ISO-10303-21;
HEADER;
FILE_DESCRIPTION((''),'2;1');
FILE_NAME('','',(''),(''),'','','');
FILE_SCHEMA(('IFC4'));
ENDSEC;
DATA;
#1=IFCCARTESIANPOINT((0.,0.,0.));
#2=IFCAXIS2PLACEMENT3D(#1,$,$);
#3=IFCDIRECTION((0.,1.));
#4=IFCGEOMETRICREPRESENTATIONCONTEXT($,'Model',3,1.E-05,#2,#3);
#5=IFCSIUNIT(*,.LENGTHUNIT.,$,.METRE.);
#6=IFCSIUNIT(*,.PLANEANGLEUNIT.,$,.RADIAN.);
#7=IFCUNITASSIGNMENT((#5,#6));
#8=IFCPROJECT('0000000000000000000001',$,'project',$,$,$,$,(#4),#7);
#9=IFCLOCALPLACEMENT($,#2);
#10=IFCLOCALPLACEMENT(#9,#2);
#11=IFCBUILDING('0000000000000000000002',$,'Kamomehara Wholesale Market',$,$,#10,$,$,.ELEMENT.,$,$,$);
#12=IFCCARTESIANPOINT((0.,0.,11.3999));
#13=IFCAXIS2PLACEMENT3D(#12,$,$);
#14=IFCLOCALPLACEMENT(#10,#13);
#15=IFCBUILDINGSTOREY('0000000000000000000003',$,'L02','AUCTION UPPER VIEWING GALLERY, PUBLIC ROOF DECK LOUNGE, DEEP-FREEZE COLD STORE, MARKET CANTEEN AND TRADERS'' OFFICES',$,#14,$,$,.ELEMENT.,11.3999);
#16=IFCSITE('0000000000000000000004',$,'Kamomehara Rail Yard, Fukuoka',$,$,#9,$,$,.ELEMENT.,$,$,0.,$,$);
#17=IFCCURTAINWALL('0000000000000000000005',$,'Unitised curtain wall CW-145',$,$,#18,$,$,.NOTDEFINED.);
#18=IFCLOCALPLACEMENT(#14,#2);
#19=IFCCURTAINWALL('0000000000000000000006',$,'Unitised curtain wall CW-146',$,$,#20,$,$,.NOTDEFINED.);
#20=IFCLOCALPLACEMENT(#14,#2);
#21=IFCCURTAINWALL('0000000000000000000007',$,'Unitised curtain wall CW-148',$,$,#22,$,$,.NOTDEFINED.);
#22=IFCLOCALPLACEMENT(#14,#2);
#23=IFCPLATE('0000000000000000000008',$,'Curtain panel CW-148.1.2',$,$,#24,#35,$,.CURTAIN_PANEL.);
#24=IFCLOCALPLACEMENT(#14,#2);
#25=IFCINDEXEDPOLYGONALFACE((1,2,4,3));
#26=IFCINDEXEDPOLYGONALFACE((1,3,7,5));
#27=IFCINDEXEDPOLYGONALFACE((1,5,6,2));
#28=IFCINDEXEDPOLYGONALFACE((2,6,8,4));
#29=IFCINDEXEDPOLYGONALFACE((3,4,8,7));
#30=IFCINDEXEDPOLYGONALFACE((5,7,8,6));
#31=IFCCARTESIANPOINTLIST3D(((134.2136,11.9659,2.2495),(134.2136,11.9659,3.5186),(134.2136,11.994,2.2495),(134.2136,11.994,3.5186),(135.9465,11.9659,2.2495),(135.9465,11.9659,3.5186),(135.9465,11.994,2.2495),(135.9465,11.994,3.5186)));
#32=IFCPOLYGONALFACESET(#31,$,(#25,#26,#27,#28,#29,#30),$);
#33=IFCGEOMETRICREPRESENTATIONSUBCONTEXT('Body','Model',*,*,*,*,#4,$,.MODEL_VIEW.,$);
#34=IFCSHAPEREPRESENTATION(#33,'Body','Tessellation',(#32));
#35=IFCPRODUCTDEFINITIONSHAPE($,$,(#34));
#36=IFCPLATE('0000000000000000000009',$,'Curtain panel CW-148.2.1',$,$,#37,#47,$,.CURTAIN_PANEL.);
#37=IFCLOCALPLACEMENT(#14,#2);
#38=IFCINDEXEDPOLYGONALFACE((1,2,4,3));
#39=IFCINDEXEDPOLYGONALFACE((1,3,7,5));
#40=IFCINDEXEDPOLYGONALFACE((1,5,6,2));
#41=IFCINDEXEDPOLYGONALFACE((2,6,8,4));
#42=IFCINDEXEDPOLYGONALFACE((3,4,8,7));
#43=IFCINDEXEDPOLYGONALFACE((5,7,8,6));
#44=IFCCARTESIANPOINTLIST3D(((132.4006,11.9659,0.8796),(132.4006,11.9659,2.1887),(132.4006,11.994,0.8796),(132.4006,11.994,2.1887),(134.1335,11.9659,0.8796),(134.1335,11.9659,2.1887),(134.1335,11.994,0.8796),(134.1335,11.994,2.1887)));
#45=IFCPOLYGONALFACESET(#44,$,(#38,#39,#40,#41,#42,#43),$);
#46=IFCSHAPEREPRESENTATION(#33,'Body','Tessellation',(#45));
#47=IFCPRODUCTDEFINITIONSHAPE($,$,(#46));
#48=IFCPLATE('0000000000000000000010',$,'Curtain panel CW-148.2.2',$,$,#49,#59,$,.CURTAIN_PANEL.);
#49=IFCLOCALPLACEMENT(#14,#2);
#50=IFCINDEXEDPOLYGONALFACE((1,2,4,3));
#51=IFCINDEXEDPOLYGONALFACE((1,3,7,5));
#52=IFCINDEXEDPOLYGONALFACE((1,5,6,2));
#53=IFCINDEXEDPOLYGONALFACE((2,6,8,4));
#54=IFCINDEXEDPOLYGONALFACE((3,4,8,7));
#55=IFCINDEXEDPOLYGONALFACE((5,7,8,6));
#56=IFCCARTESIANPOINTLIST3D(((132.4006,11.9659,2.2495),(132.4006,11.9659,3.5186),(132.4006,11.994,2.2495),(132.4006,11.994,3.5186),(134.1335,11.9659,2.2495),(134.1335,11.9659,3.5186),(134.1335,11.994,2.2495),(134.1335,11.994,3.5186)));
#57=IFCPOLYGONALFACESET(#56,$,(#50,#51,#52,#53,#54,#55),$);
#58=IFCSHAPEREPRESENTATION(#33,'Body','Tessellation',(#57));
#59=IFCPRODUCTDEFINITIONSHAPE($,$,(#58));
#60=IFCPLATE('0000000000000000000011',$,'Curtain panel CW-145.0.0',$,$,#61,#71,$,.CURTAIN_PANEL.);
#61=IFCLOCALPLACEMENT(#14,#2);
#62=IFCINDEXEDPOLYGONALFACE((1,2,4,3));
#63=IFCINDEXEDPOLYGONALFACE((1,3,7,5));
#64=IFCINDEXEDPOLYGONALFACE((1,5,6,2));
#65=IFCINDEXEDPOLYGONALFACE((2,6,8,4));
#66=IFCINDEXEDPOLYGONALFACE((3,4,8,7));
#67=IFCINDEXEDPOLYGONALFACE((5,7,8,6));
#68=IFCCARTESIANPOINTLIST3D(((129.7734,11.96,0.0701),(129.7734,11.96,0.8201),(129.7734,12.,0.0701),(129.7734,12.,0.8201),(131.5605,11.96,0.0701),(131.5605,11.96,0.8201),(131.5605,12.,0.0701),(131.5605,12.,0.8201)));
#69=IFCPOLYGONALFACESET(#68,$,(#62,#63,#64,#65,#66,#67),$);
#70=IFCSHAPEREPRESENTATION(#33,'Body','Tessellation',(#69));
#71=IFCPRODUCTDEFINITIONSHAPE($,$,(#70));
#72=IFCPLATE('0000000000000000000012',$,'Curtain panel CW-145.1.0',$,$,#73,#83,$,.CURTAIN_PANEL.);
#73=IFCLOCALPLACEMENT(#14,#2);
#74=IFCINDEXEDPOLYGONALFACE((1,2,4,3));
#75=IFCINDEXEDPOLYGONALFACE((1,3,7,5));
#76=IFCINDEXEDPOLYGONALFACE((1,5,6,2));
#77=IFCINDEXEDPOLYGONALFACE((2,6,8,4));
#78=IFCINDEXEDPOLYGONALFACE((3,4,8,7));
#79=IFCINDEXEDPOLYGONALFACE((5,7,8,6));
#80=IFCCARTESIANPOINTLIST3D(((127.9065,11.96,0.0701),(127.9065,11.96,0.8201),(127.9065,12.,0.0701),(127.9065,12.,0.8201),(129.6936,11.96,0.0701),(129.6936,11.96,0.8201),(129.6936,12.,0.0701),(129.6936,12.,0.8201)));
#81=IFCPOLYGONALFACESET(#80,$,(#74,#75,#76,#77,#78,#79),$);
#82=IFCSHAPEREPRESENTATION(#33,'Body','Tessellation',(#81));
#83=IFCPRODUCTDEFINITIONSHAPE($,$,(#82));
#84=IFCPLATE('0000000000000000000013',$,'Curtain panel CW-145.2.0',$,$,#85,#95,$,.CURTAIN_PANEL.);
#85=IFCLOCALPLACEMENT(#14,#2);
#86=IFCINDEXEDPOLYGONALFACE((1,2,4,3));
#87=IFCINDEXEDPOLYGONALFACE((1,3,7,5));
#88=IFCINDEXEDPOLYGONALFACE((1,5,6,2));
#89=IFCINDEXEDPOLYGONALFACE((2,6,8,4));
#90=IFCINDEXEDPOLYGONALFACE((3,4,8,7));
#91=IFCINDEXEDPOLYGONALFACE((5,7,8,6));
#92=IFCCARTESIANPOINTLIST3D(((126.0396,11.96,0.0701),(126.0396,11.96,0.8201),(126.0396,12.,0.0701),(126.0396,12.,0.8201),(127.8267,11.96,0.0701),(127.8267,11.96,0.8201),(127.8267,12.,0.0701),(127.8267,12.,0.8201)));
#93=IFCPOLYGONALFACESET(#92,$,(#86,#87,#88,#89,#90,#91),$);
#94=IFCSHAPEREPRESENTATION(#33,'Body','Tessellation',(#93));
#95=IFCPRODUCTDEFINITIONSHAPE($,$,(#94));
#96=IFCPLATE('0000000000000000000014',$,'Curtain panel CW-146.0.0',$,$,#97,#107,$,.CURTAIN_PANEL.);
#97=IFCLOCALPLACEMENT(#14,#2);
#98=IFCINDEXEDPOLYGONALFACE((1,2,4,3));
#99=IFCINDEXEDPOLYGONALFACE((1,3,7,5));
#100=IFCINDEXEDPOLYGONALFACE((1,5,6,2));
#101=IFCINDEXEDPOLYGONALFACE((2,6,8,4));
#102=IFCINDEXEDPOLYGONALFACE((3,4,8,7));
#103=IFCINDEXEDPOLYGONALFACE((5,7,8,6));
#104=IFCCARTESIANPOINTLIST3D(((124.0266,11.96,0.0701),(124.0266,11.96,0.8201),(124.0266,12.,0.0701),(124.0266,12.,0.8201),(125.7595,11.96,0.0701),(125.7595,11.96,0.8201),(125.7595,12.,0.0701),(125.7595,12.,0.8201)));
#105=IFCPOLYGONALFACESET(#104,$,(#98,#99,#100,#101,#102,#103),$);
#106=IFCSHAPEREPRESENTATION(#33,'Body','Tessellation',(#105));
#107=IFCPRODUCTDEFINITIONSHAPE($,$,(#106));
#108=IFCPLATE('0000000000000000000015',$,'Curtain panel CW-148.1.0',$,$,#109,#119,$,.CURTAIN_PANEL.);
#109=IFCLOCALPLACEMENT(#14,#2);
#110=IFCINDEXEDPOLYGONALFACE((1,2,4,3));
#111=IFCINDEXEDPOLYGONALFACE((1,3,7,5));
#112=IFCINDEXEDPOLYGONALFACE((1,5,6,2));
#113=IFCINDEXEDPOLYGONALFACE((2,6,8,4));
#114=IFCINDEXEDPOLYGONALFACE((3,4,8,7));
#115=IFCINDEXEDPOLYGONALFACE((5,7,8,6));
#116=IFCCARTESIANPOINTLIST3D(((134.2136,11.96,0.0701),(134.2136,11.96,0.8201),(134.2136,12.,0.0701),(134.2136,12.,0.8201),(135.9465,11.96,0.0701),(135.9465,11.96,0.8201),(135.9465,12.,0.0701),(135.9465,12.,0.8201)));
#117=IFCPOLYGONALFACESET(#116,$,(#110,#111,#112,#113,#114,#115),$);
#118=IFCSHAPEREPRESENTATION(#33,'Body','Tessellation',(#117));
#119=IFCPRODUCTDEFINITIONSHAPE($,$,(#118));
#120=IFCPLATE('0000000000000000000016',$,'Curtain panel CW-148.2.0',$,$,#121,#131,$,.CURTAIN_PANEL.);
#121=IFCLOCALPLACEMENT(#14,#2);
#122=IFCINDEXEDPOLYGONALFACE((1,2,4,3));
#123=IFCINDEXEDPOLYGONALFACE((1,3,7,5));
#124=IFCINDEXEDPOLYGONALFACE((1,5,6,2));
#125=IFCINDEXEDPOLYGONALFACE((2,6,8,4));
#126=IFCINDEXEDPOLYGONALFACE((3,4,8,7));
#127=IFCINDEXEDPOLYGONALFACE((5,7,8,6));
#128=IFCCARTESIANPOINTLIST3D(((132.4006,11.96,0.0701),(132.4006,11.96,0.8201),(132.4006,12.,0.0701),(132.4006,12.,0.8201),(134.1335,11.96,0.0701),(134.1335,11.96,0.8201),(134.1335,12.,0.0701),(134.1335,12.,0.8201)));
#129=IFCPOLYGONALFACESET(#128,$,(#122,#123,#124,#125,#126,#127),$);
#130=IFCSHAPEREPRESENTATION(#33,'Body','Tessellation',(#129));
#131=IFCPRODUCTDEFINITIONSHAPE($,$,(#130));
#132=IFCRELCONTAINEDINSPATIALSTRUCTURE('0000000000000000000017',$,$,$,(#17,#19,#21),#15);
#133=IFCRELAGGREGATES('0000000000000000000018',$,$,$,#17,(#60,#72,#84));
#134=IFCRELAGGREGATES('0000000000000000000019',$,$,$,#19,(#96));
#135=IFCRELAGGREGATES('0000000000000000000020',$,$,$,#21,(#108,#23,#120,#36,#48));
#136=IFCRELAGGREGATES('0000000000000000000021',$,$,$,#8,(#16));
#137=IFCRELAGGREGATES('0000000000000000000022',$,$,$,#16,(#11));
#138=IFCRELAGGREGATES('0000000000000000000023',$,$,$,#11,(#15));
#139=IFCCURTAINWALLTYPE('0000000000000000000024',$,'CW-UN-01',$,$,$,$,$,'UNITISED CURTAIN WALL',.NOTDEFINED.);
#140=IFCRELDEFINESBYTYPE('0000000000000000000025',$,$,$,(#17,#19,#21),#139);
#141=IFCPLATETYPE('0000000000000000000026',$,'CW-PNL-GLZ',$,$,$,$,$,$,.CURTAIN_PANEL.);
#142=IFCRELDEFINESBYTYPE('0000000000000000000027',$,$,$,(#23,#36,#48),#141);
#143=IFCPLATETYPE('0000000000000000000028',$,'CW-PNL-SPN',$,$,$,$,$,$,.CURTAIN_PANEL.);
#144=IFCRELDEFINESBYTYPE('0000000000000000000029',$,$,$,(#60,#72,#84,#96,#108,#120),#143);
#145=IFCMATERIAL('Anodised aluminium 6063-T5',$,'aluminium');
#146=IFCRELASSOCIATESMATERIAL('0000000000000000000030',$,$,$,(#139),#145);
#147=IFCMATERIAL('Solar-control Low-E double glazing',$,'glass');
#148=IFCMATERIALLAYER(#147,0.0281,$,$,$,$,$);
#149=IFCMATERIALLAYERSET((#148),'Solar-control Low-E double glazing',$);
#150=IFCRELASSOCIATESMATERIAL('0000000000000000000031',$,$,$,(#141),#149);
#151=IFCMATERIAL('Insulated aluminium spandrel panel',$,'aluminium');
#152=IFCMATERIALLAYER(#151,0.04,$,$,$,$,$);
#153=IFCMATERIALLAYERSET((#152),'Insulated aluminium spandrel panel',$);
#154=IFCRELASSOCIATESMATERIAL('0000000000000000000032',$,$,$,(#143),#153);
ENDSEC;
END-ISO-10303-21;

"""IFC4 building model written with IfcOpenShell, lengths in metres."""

from ifc_helpers import new_model, si_unit, direction, frame, origin, origin_2d, place, context, subcontext, project, spatial, rectangle, extrude, material, layer, layer_set, type_object, element, aggregate, save


model = new_model("IFC4")

# Units and contexts
model_context = context("Model", 3, precision=1e-05, world=origin(), true_north=direction((0.0, 1.0)))
body_context = subcontext(model_context, "Body", "Model", "MODEL_VIEW")
ifc_project = project(units=[si_unit("LENGTHUNIT", "METRE"), si_unit("PLANEANGLEUNIT", "RADIAN")], contexts=[model_context])

# Site, building, storey
site_placement = place(None, origin())
site = spatial("IfcSite", under=ifc_project, at=site_placement, Name="Kamomehara Rail Yard, Fukuoka", CompositionType="ELEMENT", RefElevation=0.0)
building_placement = place(site_placement, origin())
building = spatial("IfcBuilding", under=site, at=building_placement, Name="Kamomehara Wholesale Market", CompositionType="ELEMENT")
storey_placement = place(building_placement, frame((0.0, 0.0, 11.3999)))
storey = spatial("IfcBuildingStorey", under=building, at=storey_placement, Name="L02", Description="AUCTION UPPER VIEWING GALLERY, PUBLIC ROOF DECK LOUNGE, DEEP-FREEZE COLD STORE, MARKET CANTEEN AND TRADERS' OFFICES", CompositionType="ELEMENT", Elevation=11.3999)

# Curtain walls
ifc_material_1 = material(Name="Anodised aluminium 6063-T5", Category="aluminium")
curtain_wall_type = type_object("IfcCurtainWallType", Name="CW-UN-01", ElementType="UNITISED CURTAIN WALL", PredefinedType="NOTDEFINED", material=ifc_material_1)
curtain_wall_1_placement = place(storey_placement, origin())
curtain_wall_1 = element("IfcCurtainWall", 1, at=curtain_wall_1_placement, inside=storey, type_object=curtain_wall_type, Name="Unitised curtain wall CW-145", PredefinedType="NOTDEFINED")
curtain_wall_2_placement = place(storey_placement, origin())
curtain_wall_2 = element("IfcCurtainWall", 2, at=curtain_wall_2_placement, inside=storey, type_object=curtain_wall_type, Name="Unitised curtain wall CW-146", PredefinedType="NOTDEFINED")
curtain_wall_3_placement = place(storey_placement, origin())
curtain_wall_3 = element("IfcCurtainWall", 3, at=curtain_wall_3_placement, inside=storey, type_object=curtain_wall_type, Name="Unitised curtain wall CW-148", PredefinedType="NOTDEFINED")

# Plates
ifc_material_2 = material(Name="Solar-control Low-E double glazing", Category="glass")
ifc_layer_1 = layer(ifc_material_2, 0.0281)
ifc_layer_set_1 = layer_set([ifc_layer_1], Name="Solar-control Low-E double glazing")
plate_type_1 = type_object("IfcPlateType", Name="CW-PNL-GLZ", PredefinedType="CURTAIN_PANEL", material=ifc_layer_set_1)
plate_1_placement = place(storey_placement, frame((135.0801, 11.98, 2.2495), z_axis=(0.0, 0.0, 1.0), x_axis=(-1.0, 0.0, 0.0)))
plate_1 = element("IfcPlate", 4, at=plate_1_placement, type_object=plate_type_1, Name="Curtain panel CW-148.1.2", PredefinedType="CURTAIN_PANEL", context=body_context, shape_type="SweptSolid", body=[
    extrude(rectangle(XDim=1.7329, YDim=0.0281, at=origin_2d()), origin(), (0.0, 0.0, 1.0), 1.269),
])
plate_2_placement = place(storey_placement, frame((133.2671, 11.98, 0.8796), z_axis=(0.0, 0.0, 1.0), x_axis=(-1.0, 0.0, 0.0)))
plate_2 = element("IfcPlate", 5, at=plate_2_placement, type_object=plate_type_1, Name="Curtain panel CW-148.2.1", PredefinedType="CURTAIN_PANEL", context=body_context, shape_type="SweptSolid", body=[
    extrude(rectangle(XDim=1.7329, YDim=0.0281, at=origin_2d()), origin(), (0.0, 0.0, 1.0), 1.3091),
])
plate_3_placement = place(storey_placement, frame((133.2671, 11.98, 2.2495), z_axis=(0.0, 0.0, 1.0), x_axis=(-1.0, 0.0, 0.0)))
plate_3 = element("IfcPlate", 6, at=plate_3_placement, type_object=plate_type_1, Name="Curtain panel CW-148.2.2", PredefinedType="CURTAIN_PANEL", context=body_context, shape_type="SweptSolid", body=[
    extrude(rectangle(XDim=1.7329, YDim=0.0281, at=origin_2d()), origin(), (0.0, 0.0, 1.0), 1.269),
])
ifc_material_3 = material(Name="Insulated aluminium spandrel panel", Category="aluminium")
ifc_layer_2 = layer(ifc_material_3, 0.04)
ifc_layer_set_2 = layer_set([ifc_layer_2], Name="Insulated aluminium spandrel panel")
plate_type_2 = type_object("IfcPlateType", Name="CW-PNL-SPN", PredefinedType="CURTAIN_PANEL", material=ifc_layer_set_2)
plate_4_placement = place(storey_placement, frame((130.667, 11.98, 0.0701), z_axis=(0.0, 0.0, 1.0), x_axis=(-1.0, 0.0, 0.0)))
plate_4 = element("IfcPlate", 7, at=plate_4_placement, type_object=plate_type_2, Name="Curtain panel CW-145.0.0", PredefinedType="CURTAIN_PANEL", context=body_context, shape_type="SweptSolid", body=[
    extrude(rectangle(XDim=1.7871, YDim=0.04, at=origin_2d()), origin(), (0.0, 0.0, 1.0), 0.75),
])
plate_5_placement = place(storey_placement, frame((128.8, 11.98, 0.0701), z_axis=(0.0, 0.0, 1.0), x_axis=(-1.0, 0.0, 0.0)))
plate_5 = element("IfcPlate", 8, at=plate_5_placement, type_object=plate_type_2, Name="Curtain panel CW-145.1.0", PredefinedType="CURTAIN_PANEL", context=body_context, shape_type="SweptSolid", body=[
    extrude(rectangle(XDim=1.7871, YDim=0.04, at=origin_2d()), origin(), (0.0, 0.0, 1.0), 0.75),
])
plate_6_placement = place(storey_placement, frame((126.9331, 11.98, 0.0701), z_axis=(0.0, 0.0, 1.0), x_axis=(-1.0, 0.0, 0.0)))
plate_6 = element("IfcPlate", 9, at=plate_6_placement, type_object=plate_type_2, Name="Curtain panel CW-145.2.0", PredefinedType="CURTAIN_PANEL", context=body_context, shape_type="SweptSolid", body=[
    extrude(rectangle(XDim=1.7871, YDim=0.04, at=origin_2d()), origin(), (0.0, 0.0, 1.0), 0.75),
])
aggregate(curtain_wall_1, [plate_4, plate_5, plate_6])
plate_7_placement = place(storey_placement, frame((124.8931, 11.98, 0.0701), z_axis=(0.0, 0.0, 1.0), x_axis=(-1.0, 0.0, 0.0)))
plate_7 = element("IfcPlate", 10, at=plate_7_placement, type_object=plate_type_2, Name="Curtain panel CW-146.0.0", PredefinedType="CURTAIN_PANEL", context=body_context, shape_type="SweptSolid", body=[
    extrude(rectangle(XDim=1.7329, YDim=0.04, at=origin_2d()), origin(), (0.0, 0.0, 1.0), 0.75),
])
aggregate(curtain_wall_2, [plate_7])
plate_8_placement = place(storey_placement, frame((135.0801, 11.98, 0.0701), z_axis=(0.0, 0.0, 1.0), x_axis=(-1.0, 0.0, 0.0)))
plate_8 = element("IfcPlate", 11, at=plate_8_placement, type_object=plate_type_2, Name="Curtain panel CW-148.1.0", PredefinedType="CURTAIN_PANEL", context=body_context, shape_type="SweptSolid", body=[
    extrude(rectangle(XDim=1.7329, YDim=0.04, at=origin_2d()), origin(), (0.0, 0.0, 1.0), 0.75),
])
plate_9_placement = place(storey_placement, frame((133.2671, 11.98, 0.0701), z_axis=(0.0, 0.0, 1.0), x_axis=(-1.0, 0.0, 0.0)))
plate_9 = element("IfcPlate", 12, at=plate_9_placement, type_object=plate_type_2, Name="Curtain panel CW-148.2.0", PredefinedType="CURTAIN_PANEL", context=body_context, shape_type="SweptSolid", body=[
    extrude(rectangle(XDim=1.7329, YDim=0.04, at=origin_2d()), origin(), (0.0, 0.0, 1.0), 0.75),
])
aggregate(curtain_wall_3, [plate_8, plate_1, plate_9, plate_2, plate_3])

save(model, "model.ifc")
